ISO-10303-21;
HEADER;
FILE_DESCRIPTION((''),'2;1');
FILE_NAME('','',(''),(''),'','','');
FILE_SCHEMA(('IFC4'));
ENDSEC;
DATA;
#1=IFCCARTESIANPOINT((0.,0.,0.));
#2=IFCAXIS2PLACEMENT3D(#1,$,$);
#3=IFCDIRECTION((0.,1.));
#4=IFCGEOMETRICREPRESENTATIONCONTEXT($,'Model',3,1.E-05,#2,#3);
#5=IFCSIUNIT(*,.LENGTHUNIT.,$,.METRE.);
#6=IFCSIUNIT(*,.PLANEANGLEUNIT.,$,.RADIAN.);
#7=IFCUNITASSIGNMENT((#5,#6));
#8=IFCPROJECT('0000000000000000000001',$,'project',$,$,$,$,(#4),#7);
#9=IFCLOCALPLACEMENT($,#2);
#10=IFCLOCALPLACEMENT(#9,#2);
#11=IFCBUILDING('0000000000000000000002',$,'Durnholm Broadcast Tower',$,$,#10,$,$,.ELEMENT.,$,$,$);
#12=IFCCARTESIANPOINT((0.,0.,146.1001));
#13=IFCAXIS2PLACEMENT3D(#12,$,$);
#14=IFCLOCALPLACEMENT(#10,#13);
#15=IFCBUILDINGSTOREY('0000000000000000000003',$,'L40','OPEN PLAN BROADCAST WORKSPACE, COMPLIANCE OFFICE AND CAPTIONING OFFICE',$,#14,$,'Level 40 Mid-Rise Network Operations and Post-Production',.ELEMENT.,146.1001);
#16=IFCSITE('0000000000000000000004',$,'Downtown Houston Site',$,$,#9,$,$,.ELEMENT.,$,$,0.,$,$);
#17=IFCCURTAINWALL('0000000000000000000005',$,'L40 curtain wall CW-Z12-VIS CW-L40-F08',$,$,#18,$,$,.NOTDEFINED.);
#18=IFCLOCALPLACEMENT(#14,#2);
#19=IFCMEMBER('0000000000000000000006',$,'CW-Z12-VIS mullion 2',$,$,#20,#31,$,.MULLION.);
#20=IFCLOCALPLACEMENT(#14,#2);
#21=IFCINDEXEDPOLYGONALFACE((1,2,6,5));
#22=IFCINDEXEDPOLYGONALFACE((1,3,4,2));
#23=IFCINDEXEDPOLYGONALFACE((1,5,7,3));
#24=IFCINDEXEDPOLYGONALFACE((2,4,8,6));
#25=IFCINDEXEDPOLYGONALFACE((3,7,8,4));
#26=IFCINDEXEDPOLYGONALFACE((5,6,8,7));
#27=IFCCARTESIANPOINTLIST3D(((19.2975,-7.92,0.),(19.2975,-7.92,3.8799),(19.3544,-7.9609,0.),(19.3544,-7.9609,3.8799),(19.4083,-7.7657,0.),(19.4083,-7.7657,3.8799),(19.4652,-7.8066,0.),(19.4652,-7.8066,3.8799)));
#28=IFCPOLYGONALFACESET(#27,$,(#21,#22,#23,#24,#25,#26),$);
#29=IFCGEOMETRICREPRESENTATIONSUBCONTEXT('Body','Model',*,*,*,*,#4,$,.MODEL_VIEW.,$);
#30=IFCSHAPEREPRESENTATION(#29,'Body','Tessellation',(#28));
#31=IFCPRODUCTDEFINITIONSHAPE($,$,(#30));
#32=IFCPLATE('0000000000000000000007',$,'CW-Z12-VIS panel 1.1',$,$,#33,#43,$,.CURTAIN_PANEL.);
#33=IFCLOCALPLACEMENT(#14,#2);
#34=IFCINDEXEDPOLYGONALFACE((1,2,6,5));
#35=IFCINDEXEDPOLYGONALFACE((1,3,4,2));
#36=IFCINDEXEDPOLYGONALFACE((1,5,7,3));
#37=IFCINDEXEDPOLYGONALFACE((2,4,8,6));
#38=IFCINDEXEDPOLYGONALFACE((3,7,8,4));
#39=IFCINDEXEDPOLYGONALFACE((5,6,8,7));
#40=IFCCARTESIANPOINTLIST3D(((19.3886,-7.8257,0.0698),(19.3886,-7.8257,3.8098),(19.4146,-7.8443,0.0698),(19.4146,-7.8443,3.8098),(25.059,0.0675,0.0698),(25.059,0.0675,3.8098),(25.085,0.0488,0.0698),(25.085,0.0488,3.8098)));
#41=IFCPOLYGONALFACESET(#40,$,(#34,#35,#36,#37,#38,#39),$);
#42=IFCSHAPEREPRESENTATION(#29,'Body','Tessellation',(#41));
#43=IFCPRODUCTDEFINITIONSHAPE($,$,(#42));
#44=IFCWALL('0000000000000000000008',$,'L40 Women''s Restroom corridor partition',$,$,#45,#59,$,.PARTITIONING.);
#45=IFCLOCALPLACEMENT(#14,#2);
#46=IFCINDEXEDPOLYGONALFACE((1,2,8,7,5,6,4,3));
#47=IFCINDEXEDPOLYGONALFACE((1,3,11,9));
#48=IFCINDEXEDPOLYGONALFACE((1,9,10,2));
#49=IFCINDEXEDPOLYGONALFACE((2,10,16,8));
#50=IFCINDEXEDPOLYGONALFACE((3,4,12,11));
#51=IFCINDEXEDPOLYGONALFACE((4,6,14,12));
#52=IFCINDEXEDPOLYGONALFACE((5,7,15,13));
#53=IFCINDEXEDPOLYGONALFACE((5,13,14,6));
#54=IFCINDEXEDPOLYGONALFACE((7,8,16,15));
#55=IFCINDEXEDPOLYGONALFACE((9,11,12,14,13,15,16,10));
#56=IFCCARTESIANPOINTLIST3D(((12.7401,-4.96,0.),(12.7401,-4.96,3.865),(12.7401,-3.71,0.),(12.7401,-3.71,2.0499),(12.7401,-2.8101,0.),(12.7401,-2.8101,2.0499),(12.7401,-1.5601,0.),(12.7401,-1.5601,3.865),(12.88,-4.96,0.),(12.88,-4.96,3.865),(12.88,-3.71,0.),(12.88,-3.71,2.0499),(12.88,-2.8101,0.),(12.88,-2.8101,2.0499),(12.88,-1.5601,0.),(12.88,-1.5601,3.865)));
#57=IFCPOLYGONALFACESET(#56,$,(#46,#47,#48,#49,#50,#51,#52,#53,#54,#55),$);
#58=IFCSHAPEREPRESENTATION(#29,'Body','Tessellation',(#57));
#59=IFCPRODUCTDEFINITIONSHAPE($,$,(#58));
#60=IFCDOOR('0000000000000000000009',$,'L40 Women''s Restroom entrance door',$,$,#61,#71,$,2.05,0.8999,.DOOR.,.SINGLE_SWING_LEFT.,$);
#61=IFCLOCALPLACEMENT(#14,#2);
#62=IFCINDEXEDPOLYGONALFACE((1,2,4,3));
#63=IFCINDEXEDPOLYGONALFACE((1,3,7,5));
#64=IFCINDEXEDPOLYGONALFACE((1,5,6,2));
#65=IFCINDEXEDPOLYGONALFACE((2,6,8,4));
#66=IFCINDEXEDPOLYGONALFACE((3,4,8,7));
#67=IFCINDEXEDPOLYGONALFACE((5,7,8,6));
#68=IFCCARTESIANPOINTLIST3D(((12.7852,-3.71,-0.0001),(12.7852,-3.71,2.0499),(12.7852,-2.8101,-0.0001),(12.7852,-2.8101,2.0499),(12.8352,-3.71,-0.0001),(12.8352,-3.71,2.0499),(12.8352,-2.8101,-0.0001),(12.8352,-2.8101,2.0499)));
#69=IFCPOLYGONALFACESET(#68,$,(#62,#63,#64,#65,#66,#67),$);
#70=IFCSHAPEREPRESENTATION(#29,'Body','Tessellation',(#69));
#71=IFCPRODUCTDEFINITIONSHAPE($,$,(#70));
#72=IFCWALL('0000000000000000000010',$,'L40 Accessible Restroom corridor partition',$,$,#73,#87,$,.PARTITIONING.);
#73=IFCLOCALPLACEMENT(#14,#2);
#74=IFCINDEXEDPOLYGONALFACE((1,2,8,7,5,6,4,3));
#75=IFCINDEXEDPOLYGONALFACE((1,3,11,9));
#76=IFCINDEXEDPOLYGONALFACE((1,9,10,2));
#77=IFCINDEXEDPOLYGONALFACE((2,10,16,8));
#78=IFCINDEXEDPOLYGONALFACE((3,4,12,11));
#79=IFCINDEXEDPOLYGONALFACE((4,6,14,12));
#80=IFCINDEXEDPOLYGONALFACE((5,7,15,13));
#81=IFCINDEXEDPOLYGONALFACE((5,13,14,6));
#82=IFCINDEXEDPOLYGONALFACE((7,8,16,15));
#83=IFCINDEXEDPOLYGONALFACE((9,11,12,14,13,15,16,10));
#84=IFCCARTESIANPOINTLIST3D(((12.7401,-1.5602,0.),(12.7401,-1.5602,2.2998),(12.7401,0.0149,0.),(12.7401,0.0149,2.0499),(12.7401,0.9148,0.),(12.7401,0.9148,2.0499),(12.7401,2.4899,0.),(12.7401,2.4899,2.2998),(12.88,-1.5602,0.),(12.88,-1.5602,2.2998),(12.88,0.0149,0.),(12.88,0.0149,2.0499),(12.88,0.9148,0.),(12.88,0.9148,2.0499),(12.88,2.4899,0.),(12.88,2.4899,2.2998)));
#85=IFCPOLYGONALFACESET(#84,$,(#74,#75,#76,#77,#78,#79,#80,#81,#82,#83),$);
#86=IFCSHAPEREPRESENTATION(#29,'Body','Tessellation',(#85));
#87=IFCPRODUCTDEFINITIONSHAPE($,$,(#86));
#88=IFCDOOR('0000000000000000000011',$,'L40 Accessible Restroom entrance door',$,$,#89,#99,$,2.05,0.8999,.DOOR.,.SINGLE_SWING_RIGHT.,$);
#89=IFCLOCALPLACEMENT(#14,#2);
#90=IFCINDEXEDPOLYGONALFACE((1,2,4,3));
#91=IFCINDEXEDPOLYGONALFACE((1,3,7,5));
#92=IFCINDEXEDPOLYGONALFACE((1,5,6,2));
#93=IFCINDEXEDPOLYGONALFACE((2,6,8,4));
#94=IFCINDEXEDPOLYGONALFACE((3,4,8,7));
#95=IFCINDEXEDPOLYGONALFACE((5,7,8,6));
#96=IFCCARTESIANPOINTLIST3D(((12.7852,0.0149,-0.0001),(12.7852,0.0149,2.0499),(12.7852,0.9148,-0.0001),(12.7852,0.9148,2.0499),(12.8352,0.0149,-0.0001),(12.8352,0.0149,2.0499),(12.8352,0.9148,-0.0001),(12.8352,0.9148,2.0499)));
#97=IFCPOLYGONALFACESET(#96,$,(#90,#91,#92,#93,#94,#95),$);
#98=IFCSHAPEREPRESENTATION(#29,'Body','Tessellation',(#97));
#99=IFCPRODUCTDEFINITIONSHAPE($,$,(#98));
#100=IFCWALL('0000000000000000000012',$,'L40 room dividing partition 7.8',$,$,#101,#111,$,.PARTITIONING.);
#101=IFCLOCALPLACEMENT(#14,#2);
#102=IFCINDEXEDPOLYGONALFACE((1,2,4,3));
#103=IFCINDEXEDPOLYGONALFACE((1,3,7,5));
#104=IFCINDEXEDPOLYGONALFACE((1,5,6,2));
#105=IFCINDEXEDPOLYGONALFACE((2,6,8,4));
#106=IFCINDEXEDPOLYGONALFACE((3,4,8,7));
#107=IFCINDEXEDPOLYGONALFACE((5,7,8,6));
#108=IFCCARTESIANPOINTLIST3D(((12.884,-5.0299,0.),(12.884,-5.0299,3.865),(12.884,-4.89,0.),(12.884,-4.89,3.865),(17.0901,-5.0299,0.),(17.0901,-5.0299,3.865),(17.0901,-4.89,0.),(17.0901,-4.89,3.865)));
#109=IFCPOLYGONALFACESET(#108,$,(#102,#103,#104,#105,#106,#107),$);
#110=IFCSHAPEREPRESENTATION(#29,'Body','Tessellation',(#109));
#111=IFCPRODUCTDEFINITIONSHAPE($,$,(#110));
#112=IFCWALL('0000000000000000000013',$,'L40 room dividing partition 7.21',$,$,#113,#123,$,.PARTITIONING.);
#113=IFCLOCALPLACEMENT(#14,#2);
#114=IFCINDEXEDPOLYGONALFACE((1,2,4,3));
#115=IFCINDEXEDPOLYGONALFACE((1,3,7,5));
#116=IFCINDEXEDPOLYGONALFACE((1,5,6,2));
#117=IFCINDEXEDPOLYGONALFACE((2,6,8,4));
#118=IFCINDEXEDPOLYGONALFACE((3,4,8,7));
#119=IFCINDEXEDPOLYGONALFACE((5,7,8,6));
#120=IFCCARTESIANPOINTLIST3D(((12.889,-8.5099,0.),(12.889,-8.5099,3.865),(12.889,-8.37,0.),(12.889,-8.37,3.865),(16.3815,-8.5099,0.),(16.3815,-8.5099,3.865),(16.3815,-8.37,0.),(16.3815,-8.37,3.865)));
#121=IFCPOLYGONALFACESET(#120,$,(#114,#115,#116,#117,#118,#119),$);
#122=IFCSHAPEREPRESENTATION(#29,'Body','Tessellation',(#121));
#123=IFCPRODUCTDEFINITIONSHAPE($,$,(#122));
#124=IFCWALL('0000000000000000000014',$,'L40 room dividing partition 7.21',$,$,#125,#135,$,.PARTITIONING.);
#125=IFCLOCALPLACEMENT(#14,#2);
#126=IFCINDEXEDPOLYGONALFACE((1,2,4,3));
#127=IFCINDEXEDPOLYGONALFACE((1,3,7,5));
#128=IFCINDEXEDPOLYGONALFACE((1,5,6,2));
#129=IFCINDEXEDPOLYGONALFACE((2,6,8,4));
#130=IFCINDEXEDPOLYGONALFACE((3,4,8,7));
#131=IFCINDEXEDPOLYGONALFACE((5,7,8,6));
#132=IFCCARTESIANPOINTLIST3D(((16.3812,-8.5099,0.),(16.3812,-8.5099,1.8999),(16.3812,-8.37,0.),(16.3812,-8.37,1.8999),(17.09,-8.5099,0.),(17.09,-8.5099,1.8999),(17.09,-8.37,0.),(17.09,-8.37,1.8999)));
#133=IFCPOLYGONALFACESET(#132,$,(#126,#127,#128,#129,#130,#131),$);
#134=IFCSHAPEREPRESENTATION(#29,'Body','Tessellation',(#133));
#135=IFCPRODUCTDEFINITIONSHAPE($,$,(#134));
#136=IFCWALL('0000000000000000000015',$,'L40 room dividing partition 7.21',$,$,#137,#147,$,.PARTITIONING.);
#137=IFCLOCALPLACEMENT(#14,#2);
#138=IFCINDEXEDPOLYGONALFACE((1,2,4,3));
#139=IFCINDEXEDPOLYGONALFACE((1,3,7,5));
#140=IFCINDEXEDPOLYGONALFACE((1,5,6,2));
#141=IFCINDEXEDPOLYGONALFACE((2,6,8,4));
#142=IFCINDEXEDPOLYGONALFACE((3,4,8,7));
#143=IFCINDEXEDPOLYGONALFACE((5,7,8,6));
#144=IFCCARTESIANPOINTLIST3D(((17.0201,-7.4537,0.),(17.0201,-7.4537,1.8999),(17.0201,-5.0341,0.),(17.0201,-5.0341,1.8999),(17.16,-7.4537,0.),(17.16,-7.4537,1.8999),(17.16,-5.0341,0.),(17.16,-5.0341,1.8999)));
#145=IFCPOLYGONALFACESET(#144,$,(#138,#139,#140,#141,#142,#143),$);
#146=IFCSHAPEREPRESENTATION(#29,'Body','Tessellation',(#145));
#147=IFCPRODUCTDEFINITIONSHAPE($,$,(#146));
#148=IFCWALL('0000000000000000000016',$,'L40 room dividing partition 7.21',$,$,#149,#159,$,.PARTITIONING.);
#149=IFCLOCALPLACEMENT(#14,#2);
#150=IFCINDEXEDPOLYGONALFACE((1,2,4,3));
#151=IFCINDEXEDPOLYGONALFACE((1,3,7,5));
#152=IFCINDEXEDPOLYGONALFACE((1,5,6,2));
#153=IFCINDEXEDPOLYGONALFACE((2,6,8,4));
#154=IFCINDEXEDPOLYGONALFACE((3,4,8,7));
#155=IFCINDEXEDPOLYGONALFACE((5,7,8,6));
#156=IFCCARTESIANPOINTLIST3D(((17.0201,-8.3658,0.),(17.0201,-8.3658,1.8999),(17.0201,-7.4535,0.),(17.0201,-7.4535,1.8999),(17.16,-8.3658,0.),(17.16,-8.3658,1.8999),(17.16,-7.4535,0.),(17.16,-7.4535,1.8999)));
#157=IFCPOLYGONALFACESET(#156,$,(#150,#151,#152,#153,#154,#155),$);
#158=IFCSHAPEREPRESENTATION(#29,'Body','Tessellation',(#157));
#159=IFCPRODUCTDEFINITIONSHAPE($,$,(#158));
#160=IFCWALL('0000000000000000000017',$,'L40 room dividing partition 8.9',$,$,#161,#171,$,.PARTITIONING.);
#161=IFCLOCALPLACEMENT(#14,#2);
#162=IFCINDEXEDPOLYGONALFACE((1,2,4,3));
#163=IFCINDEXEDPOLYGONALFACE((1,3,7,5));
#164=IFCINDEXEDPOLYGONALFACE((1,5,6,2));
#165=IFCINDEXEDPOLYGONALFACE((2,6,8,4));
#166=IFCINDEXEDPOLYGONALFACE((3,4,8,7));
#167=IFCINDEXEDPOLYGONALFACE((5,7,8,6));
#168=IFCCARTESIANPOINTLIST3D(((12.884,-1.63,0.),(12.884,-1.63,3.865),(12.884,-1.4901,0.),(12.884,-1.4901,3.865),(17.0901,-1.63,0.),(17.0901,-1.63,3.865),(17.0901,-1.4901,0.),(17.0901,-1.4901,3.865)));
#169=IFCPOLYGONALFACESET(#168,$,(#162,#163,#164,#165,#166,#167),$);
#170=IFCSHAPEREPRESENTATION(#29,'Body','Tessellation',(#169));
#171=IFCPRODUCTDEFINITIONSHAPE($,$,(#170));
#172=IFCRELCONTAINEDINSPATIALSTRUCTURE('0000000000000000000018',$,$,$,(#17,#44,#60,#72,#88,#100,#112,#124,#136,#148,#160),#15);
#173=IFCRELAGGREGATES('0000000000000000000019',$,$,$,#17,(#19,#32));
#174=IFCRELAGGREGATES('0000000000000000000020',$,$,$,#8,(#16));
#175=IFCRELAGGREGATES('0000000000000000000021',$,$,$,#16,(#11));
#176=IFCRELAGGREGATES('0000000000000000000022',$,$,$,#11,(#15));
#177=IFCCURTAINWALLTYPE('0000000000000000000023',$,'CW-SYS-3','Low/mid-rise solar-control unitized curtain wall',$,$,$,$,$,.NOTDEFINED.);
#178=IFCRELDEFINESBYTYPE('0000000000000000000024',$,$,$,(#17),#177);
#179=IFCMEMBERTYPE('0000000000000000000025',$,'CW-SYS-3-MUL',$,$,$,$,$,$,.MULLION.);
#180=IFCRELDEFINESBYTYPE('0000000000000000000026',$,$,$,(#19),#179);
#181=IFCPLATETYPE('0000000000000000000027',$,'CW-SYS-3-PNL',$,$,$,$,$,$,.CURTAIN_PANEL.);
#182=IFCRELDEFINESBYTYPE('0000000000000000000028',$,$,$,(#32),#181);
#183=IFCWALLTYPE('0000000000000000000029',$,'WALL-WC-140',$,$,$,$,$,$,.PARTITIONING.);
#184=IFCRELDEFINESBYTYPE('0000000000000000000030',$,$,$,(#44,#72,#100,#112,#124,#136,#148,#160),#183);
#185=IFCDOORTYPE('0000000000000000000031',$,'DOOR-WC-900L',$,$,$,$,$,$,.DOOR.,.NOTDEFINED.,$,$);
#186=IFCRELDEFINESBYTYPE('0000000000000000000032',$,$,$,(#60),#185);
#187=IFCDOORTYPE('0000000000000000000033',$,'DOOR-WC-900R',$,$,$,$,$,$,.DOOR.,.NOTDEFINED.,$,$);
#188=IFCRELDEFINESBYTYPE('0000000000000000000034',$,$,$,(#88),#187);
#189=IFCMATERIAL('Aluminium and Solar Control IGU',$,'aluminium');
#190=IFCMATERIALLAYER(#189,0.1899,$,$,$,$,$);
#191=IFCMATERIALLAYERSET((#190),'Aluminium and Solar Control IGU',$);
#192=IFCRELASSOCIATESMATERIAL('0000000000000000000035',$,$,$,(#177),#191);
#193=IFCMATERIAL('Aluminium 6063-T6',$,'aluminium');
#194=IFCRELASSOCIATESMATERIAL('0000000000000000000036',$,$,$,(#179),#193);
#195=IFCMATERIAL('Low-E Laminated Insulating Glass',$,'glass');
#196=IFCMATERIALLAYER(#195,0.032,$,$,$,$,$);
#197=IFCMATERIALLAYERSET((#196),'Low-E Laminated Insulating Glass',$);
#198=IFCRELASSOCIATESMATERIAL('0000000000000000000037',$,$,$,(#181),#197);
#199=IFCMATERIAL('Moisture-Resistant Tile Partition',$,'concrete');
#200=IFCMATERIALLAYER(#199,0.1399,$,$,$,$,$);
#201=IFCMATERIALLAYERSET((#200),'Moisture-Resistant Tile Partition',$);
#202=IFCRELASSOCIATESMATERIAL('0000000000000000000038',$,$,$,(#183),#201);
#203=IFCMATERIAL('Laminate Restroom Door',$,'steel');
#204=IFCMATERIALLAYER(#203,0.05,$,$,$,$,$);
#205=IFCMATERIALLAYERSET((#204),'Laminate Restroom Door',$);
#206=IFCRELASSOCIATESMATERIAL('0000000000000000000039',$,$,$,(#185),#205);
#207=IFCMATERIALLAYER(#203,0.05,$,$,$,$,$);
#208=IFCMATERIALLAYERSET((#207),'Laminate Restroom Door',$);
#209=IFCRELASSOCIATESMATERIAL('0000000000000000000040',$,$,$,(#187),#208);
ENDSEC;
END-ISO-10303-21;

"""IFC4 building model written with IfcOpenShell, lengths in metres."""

from ifc_helpers import new_model, si_unit, direction, frame, frame_2d, origin, origin_2d, place, context, subcontext, project, spatial, rectangle, extrude, source, transform, mapped, material, layer, layer_set, material_profile, profile_set, type_object, type_shapes, element, fill, aggregate, save


model = new_model("IFC4")

# Units and contexts
model_context = context("Model", 3, precision=1e-05, world=origin(), true_north=direction((0.0, 1.0)))
body_context = subcontext(model_context, "Body", "Model", "MODEL_VIEW")
ifc_project = project(units=[si_unit("LENGTHUNIT", "METRE"), si_unit("PLANEANGLEUNIT", "RADIAN")], contexts=[model_context])

# Site, building, storey
site_placement = place(None, origin())
site = spatial("IfcSite", under=ifc_project, at=site_placement, Name="Downtown Houston Site", CompositionType="ELEMENT", RefElevation=0.0)
building_placement = place(site_placement, origin())
building = spatial("IfcBuilding", under=site, at=building_placement, Name="Durnholm Broadcast Tower", CompositionType="ELEMENT")
storey_placement = place(building_placement, frame((0.0, 0.0, 146.1001)))
storey = spatial("IfcBuildingStorey", under=building, at=storey_placement, Name="L40", Description="OPEN PLAN BROADCAST WORKSPACE, COMPLIANCE OFFICE AND CAPTIONING OFFICE", LongName="Level 40 Mid-Rise Network Operations and Post-Production", CompositionType="ELEMENT", Elevation=146.1001)

# Curtain wall
ifc_material_1 = material(Name="Aluminium and Solar Control IGU", Category="aluminium")
ifc_layer_1 = layer(ifc_material_1, 0.1899)
ifc_layer_set_1 = layer_set([ifc_layer_1], Name="Aluminium and Solar Control IGU")
curtain_wall_type_1 = type_object("IfcCurtainWallType", Name="CW-SYS-3", Description="Low/mid-rise solar-control unitized curtain wall", PredefinedType="NOTDEFINED", material=ifc_layer_set_1)
curtain_wall_1_placement = place(storey_placement, origin())
curtain_wall_1 = element("IfcCurtainWall", 1, at=curtain_wall_1_placement, inside=storey, type_object=curtain_wall_type_1, Name="L40 curtain wall CW-Z12-VIS CW-L40-F08", PredefinedType="NOTDEFINED")
ifc_material_2 = material(Name="Aluminium 6063-T6", Category="aluminium")

# Member
ifc_material_profile_1 = material_profile(ifc_material_2, rectangle(XDim=0.0701, YDim=0.1899, at=origin_2d()), Name="CWM70X190")
ifc_profile_set_1 = profile_set([ifc_material_profile_1], Name="Aluminium 6063-T6")
member_type_1 = type_object("IfcMemberType", Name="CW-SYS-3-MUL", PredefinedType="MULLION", material=ifc_profile_set_1)
shared_shape_1 = source(origin(), body_context, "Body", "SweptSolid", [
    extrude(rectangle(XDim=0.0701, YDim=0.1899, at=origin_2d()), origin(), (0.0, 0.0, 1.0), 3.8799),
])
type_shapes(member_type_1, [shared_shape_1])
member_1_placement = place(storey_placement, frame((19.3813, -7.8633, 0.0), z_axis=(0.0, 0.0, 1.0), x_axis=(0.812152, -0.583445, 0.0)))
member_1 = element("IfcMember", 2, at=member_1_placement, type_object=member_type_1, Name="CW-Z12-VIS mullion 2", PredefinedType="MULLION", context=body_context, shape_type="MappedRepresentation", body=[
    mapped(shared_shape_1, transform((0.0, 0.0, 0.0), x_axis=(1.0, 0.0, 0.0), y_axis=(0.0, 1.0, 0.0), z_axis=(0.0, 0.0, 1.0), scale=1.0)),
])

# Plate
ifc_material_3 = material(Name="Low-E Laminated Insulating Glass", Category="glass")
ifc_layer_2 = layer(ifc_material_3, 0.032)
ifc_layer_set_2 = layer_set([ifc_layer_2], Name="Low-E Laminated Insulating Glass")
plate_type = type_object("IfcPlateType", Name="CW-SYS-3-PNL", PredefinedType="CURTAIN_PANEL", material=ifc_layer_set_2)
shared_shape_2 = source(origin(), body_context, "Body", "SweptSolid", [
    extrude(rectangle(XDim=9.7188, YDim=0.032, at=origin_2d()), origin(), (0.0, 0.0, 1.0), 3.74),
])
type_shapes(plate_type, [shared_shape_2])
plate_placement = place(storey_placement, frame((22.2368, -3.8884, 0.0698), z_axis=(0.0, 0.0, 1.0), x_axis=(-0.583445, -0.812152, 0.0)))
plate = element("IfcPlate", 3, at=plate_placement, type_object=plate_type, Name="CW-Z12-VIS panel 1.1", PredefinedType="CURTAIN_PANEL", context=body_context, shape_type="MappedRepresentation", body=[
    mapped(shared_shape_2, transform((0.0, 0.0, 0.0), x_axis=(1.0, 0.0, 0.0), y_axis=(0.0, 1.0, 0.0), z_axis=(0.0, 0.0, 1.0), scale=1.0)),
])
aggregate(curtain_wall_1, [member_1, plate])

# Walls, openings, doors
ifc_material_4 = material(Name="Moisture-Resistant Tile Partition", Category="concrete")
ifc_layer_3 = layer(ifc_material_4, 0.1399)
ifc_layer_set_3 = layer_set([ifc_layer_3], Name="Moisture-Resistant Tile Partition")
wall_type = type_object("IfcWallType", Name="WALL-WC-140", PredefinedType="PARTITIONING", material=ifc_layer_set_3)
wall_1_placement = place(storey_placement, frame((12.8101, -4.96, 0.0), z_axis=(0.0, 0.0, 1.0), x_axis=(0.0, 1.0, 0.0)))
wall_1 = element("IfcWall", 4, at=wall_1_placement, inside=storey, type_object=wall_type, Name="L40 Women's Restroom corridor partition", PredefinedType="PARTITIONING", context=body_context, shape_type="SweptSolid", body=[
    extrude(rectangle(XDim=3.3999, YDim=0.1399, at=frame_2d((1.7, 0.0))), origin(), (0.0, 0.0, 1.0), 3.865),
])
opening_1_placement = place(wall_1_placement, frame((1.25, 0.0, 0.0)))
opening_1 = element("IfcOpeningElement", 5, at=opening_1_placement, cuts=wall_1, PredefinedType="OPENING", context=body_context, shape_type="SweptSolid", body=[
    extrude(rectangle(XDim=0.8999, YDim=2.05, at=frame_2d((0.45, 1.0249))), frame((0.0, 0.0801, 0.0), z_axis=(0.0, -1.0, 0.0), x_axis=(1.0, 0.0, 0.0)), (0.0, 0.0, 1.0), 0.1599),
])
ifc_material_5 = material(Name="Laminate Restroom Door", Category="steel")
ifc_layer_4 = layer(ifc_material_5, 0.05)
ifc_layer_set_4 = layer_set([ifc_layer_4], Name="Laminate Restroom Door")
door_type_1 = type_object("IfcDoorType", Name="DOOR-WC-900L", OperationType="NOTDEFINED", PredefinedType="DOOR", material=ifc_layer_set_4)
shared_shape_3 = source(origin(), body_context, "Body", "SweptSolid", [
    extrude(rectangle(XDim=0.8999, YDim=2.05, at=frame_2d((0.45, 1.0249))), frame((0.0, 0.0249, 0.0), z_axis=(0.0, -1.0, 0.0), x_axis=(1.0, 0.0, 0.0)), (0.0, 0.0, 1.0), 0.05),
])
type_shapes(door_type_1, [shared_shape_3])
door_1_placement = place(opening_1_placement, origin())
door_1 = element("IfcDoor", 6, at=door_1_placement, inside=storey, type_object=door_type_1, Name="L40 Women's Restroom entrance door", OperationType="SINGLE_SWING_LEFT", OverallHeight=2.05, OverallWidth=0.8999, PredefinedType="DOOR", context=body_context, shape_type="MappedRepresentation", body=[
    mapped(shared_shape_3, transform((0.0, 0.0, 0.0), x_axis=(1.0, 0.0, 0.0), y_axis=(0.0, 1.0, 0.0), z_axis=(0.0, 0.0, 1.0), scale=1.0)),
])
fill(opening_1, door_1)
wall_2_placement = place(storey_placement, frame((12.8101, -1.5601, 0.0), z_axis=(0.0, 0.0, 1.0), x_axis=(0.0, 1.0, 0.0)))
wall_2 = element("IfcWall", 7, at=wall_2_placement, inside=storey, type_object=wall_type, Name="L40 Accessible Restroom corridor partition", PredefinedType="PARTITIONING", context=body_context, shape_type="SweptSolid", body=[
    extrude(rectangle(XDim=4.05, YDim=0.1399, at=frame_2d((2.0249, 0.0))), origin(), (0.0, 0.0, 1.0), 2.2998),
])
opening_2_placement = place(wall_2_placement, frame((1.575, 0.0, 0.0)))
opening_2 = element("IfcOpeningElement", 8, at=opening_2_placement, cuts=wall_2, PredefinedType="OPENING", context=body_context, shape_type="SweptSolid", body=[
    extrude(rectangle(XDim=0.8999, YDim=2.05, at=frame_2d((0.45, 1.0249))), frame((0.0, 0.0801, 0.0), z_axis=(0.0, -1.0, 0.0), x_axis=(1.0, 0.0, 0.0)), (0.0, 0.0, 1.0), 0.1599),
])
ifc_layer_5 = layer(ifc_material_5, 0.05)
ifc_layer_set_5 = layer_set([ifc_layer_5], Name="Laminate Restroom Door")
door_type_2 = type_object("IfcDoorType", Name="DOOR-WC-900R", OperationType="NOTDEFINED", PredefinedType="DOOR", material=ifc_layer_set_5)
shared_shape_4 = source(origin(), body_context, "Body", "SweptSolid", [
    extrude(rectangle(XDim=0.8999, YDim=2.05, at=frame_2d((0.45, 1.0249))), frame((0.0, 0.0249, 0.0), z_axis=(0.0, -1.0, 0.0), x_axis=(1.0, 0.0, 0.0)), (0.0, 0.0, 1.0), 0.05),
])
type_shapes(door_type_2, [shared_shape_4])
door_2_placement = place(opening_2_placement, origin())
door_2 = element("IfcDoor", 9, at=door_2_placement, inside=storey, type_object=door_type_2, Name="L40 Accessible Restroom entrance door", OperationType="SINGLE_SWING_RIGHT", OverallHeight=2.05, OverallWidth=0.8999, PredefinedType="DOOR", context=body_context, shape_type="MappedRepresentation", body=[
    mapped(shared_shape_4, transform((0.0, 0.0, 0.0), x_axis=(1.0, 0.0, 0.0), y_axis=(0.0, 1.0, 0.0), z_axis=(0.0, 0.0, 1.0), scale=1.0)),
])
fill(opening_2, door_2)

# Walls
wall_3_placement = place(storey_placement, frame((12.884, -4.96, 0.0), z_axis=(0.0, 0.0, 1.0), x_axis=(1.0, 0.0, 0.0)))
element("IfcWall", 10, at=wall_3_placement, inside=storey, type_object=wall_type, Name="L40 room dividing partition 7.8", PredefinedType="PARTITIONING", context=body_context, shape_type="SweptSolid", body=[
    extrude(rectangle(XDim=4.2061, YDim=0.1399, at=frame_2d((2.103, 0.0))), origin(), (0.0, 0.0, 1.0), 3.865),
])
wall_4_placement = place(storey_placement, frame((16.3813, -8.4399, 0.0), z_axis=(0.0, 0.0, 1.0), x_axis=(-1.0, 0.0, 0.0)))
element("IfcWall", 11, at=wall_4_placement, inside=storey, type_object=wall_type, Name="L40 room dividing partition 7.21", PredefinedType="PARTITIONING", context=body_context, shape_type="SweptSolid", body=[
    extrude(rectangle(XDim=3.4924, YDim=0.1399, at=frame_2d((1.7461, 0.0))), origin(), (0.0, 0.0, 1.0), 3.865),
])
wall_5_placement = place(storey_placement, frame((17.0901, -8.4399, 0.0), z_axis=(0.0, 0.0, 1.0), x_axis=(-1.0, 0.0, 0.0)))
element("IfcWall", 12, at=wall_5_placement, inside=storey, type_object=wall_type, Name="L40 room dividing partition 7.21", PredefinedType="PARTITIONING", context=body_context, shape_type="SweptSolid", body=[
    extrude(rectangle(XDim=0.7087, YDim=0.1399, at=frame_2d((0.3545, 0.0))), origin(), (0.0, 0.0, 1.0), 1.8999),
])
wall_6_placement = place(storey_placement, frame((17.0901, -5.0339, 0.0), z_axis=(0.0, 0.0, 1.0), x_axis=(0.0, -1.0, 0.0)))
element("IfcWall", 13, at=wall_6_placement, inside=storey, type_object=wall_type, Name="L40 room dividing partition 7.21", PredefinedType="PARTITIONING", context=body_context, shape_type="SweptSolid", body=[
    extrude(rectangle(XDim=2.4197, YDim=0.1399, at=frame_2d((1.21, 0.0))), origin(), (0.0, 0.0, 1.0), 1.8999),
])
wall_7_placement = place(storey_placement, frame((17.0901, -7.4536, 0.0), z_axis=(0.0, 0.0, 1.0), x_axis=(0.0, -1.0, 0.0)))
element("IfcWall", 14, at=wall_7_placement, inside=storey, type_object=wall_type, Name="L40 room dividing partition 7.21", PredefinedType="PARTITIONING", context=body_context, shape_type="SweptSolid", body=[
    extrude(rectangle(XDim=0.9124, YDim=0.1399, at=frame_2d((0.4561, 0.0))), origin(), (0.0, 0.0, 1.0), 1.8999),
])
wall_8_placement = place(storey_placement, frame((12.884, -1.5601, 0.0), z_axis=(0.0, 0.0, 1.0), x_axis=(1.0, 0.0, 0.0)))
element("IfcWall", 15, at=wall_8_placement, inside=storey, type_object=wall_type, Name="L40 room dividing partition 8.9", PredefinedType="PARTITIONING", context=body_context, shape_type="SweptSolid", body=[
    extrude(rectangle(XDim=4.2061, YDim=0.1399, at=frame_2d((2.103, 0.0))), origin(), (0.0, 0.0, 1.0), 3.865),
])

save(model, "model.ifc")
